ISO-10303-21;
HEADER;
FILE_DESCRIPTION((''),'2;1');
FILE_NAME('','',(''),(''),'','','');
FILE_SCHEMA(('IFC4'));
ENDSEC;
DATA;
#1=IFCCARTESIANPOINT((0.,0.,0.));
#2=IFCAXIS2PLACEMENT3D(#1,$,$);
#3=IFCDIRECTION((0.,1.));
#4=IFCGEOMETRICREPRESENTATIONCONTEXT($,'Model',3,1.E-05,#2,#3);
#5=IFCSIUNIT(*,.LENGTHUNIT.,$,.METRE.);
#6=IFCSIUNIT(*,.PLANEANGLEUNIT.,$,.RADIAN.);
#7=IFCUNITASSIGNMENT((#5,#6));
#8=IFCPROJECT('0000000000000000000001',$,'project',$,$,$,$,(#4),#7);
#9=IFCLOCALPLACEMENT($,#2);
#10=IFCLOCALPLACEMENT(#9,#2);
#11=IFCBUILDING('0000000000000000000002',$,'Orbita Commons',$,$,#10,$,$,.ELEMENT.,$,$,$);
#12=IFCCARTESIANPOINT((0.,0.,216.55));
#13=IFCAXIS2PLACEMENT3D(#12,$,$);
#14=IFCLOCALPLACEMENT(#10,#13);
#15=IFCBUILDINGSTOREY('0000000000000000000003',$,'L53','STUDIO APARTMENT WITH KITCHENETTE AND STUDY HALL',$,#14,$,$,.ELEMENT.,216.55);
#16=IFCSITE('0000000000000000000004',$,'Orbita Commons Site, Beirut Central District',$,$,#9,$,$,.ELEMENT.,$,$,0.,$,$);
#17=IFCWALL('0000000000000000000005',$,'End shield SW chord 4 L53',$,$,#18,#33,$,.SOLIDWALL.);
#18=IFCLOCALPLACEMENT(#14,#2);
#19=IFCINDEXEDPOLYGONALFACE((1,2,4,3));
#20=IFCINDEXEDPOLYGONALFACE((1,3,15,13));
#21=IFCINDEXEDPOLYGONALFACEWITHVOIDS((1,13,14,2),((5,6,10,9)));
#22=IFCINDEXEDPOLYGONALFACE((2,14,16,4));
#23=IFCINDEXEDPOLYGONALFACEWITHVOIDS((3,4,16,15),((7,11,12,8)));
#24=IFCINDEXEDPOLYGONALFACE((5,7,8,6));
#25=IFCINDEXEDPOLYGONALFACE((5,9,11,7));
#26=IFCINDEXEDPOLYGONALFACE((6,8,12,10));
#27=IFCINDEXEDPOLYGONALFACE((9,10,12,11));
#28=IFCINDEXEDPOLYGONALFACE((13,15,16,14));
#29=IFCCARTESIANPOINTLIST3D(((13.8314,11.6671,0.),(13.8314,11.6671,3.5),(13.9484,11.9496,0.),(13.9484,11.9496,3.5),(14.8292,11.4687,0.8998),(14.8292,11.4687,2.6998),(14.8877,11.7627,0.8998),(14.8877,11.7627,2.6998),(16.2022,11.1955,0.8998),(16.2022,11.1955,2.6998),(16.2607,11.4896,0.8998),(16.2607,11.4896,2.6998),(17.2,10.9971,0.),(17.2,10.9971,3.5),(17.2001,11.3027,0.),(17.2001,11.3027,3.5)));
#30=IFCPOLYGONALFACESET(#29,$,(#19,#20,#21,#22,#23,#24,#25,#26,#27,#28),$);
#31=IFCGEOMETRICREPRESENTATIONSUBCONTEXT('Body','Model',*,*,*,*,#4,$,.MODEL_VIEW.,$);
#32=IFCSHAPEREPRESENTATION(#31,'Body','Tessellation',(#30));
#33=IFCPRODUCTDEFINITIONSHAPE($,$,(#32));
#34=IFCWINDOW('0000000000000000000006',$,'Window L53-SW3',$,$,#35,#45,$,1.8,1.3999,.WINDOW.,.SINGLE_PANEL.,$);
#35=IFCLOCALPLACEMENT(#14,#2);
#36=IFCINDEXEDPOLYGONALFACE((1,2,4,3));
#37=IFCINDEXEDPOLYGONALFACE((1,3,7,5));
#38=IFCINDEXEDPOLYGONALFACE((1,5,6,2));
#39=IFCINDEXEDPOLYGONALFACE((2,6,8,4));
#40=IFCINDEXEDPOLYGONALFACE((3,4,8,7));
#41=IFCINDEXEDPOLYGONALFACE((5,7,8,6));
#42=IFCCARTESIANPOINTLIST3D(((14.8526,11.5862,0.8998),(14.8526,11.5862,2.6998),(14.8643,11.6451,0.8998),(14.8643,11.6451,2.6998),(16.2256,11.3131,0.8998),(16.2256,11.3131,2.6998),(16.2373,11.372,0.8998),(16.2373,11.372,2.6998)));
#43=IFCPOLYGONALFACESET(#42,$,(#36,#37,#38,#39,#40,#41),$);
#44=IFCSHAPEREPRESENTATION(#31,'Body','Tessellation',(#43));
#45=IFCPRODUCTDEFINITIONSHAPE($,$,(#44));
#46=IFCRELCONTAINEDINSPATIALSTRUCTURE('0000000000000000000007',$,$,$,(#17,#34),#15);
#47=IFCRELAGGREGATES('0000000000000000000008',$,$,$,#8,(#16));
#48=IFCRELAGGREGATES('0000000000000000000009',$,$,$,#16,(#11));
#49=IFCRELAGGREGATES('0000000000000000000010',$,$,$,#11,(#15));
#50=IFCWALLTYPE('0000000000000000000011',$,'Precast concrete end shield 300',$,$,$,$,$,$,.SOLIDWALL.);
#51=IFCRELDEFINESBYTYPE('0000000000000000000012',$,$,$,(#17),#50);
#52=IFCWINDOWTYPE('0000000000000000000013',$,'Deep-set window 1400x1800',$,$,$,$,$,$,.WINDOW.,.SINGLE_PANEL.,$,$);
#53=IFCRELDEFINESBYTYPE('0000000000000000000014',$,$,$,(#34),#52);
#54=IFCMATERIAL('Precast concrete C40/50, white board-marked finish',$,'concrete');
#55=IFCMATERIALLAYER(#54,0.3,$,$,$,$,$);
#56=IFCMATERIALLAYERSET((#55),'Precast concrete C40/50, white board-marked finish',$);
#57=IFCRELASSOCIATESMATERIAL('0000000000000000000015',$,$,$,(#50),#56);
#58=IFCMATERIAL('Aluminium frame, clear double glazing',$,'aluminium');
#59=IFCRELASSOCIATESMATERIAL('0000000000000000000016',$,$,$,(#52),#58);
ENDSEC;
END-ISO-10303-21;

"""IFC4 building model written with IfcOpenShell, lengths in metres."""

from ifc_helpers import new_model, si_unit, direction, frame, frame_2d, origin, place, context, subcontext, project, spatial, polyline, rectangle, outline, extrude, material, layer, layer_set, type_object, element, fill, save


model = new_model("IFC4")

# Units and contexts
model_context = context("Model", 3, precision=1e-05, world=origin(), true_north=direction((0.0, 1.0)))
body_context = subcontext(model_context, "Body", "Model", "MODEL_VIEW")
ifc_project = project(units=[si_unit("LENGTHUNIT", "METRE"), si_unit("PLANEANGLEUNIT", "RADIAN")], contexts=[model_context])

# Site, building, storey
site_placement = place(None, origin())
site = spatial("IfcSite", under=ifc_project, at=site_placement, Name="Orbita Commons Site, Beirut Central District", CompositionType="ELEMENT", RefElevation=0.0)
building_placement = place(site_placement, origin())
building = spatial("IfcBuilding", under=site, at=building_placement, Name="Orbita Commons", CompositionType="ELEMENT")
storey_placement = place(building_placement, frame((0.0, 0.0, 216.55)))
storey = spatial("IfcBuildingStorey", under=building, at=storey_placement, Name="L53", Description="STUDIO APARTMENT WITH KITCHENETTE AND STUDY HALL", CompositionType="ELEMENT", Elevation=216.55)

# Wall, opening, window
ifc_material_1 = material(Name="Precast concrete C40/50, white board-marked finish", Category="concrete")
ifc_layer_1 = layer(ifc_material_1, 0.3)
ifc_layer_set_1 = layer_set([ifc_layer_1], Name="Precast concrete C40/50, white board-marked finish")
wall_type_1 = type_object("IfcWallType", Name="Precast concrete end shield 300", PredefinedType="SOLIDWALL", material=ifc_layer_set_1)
ifc_material_2 = material(Name="Aluminium frame, clear double glazing", Category="aluminium")
window_type = type_object("IfcWindowType", Name="Deep-set window 1400x1800", PartitioningType="SINGLE_PANEL", PredefinedType="WINDOW", material=ifc_material_2)
wall_1_placement = place(storey_placement, frame((13.8899, 11.8083, 0.0), z_axis=(0.0, 0.0, 1.0), x_axis=(0.980783, -0.1951, 0.0)))
wall_1 = element("IfcWall", 1, at=wall_1_placement, inside=storey, type_object=wall_type_1, Name="End shield SW chord 4 L53", PredefinedType="SOLIDWALL", context=body_context, shape_type="SweptSolid", body=[
    extrude(outline(polyline([(-0.0298, -0.1499), (3.4048, -0.1499), (3.3452, 0.1499), (0.0298, 0.1499), (-0.0298, -0.1499)])), origin(), (0.0, 0.0, 1.0), 3.5),
])
opening_1_placement = place(wall_1_placement, frame((0.9875, 0.0, 0.8999)))
opening_1 = element("IfcOpeningElement", 2, at=opening_1_placement, cuts=wall_1, PredefinedType="OPENING", context=body_context, shape_type="SweptSolid", body=[
    extrude(rectangle(XDim=1.3999, YDim=1.8, at=frame_2d((0.7, 0.8999))), frame((0.0, 0.1599, 0.0), z_axis=(0.0, -1.0, 0.0), x_axis=(1.0, 0.0, 0.0)), (0.0, 0.0, 1.0), 0.3201),
])
window_1_placement = place(opening_1_placement, origin())
window_1 = element("IfcWindow", 3, at=window_1_placement, inside=storey, type_object=window_type, Name="Window L53-SW3", OverallHeight=1.8, OverallWidth=1.3999, PartitioningType="SINGLE_PANEL", PredefinedType="WINDOW", context=body_context, shape_type="SweptSolid", body=[
    extrude(rectangle(XDim=1.3999, YDim=1.8, at=frame_2d((0.7, 0.8999))), frame((0.0, 0.03, 0.0), z_axis=(0.0, -1.0, 0.0), x_axis=(1.0, 0.0, 0.0)), (0.0, 0.0, 1.0), 0.0601),
])
fill(opening_1, window_1)

save(model, "model.ifc")
